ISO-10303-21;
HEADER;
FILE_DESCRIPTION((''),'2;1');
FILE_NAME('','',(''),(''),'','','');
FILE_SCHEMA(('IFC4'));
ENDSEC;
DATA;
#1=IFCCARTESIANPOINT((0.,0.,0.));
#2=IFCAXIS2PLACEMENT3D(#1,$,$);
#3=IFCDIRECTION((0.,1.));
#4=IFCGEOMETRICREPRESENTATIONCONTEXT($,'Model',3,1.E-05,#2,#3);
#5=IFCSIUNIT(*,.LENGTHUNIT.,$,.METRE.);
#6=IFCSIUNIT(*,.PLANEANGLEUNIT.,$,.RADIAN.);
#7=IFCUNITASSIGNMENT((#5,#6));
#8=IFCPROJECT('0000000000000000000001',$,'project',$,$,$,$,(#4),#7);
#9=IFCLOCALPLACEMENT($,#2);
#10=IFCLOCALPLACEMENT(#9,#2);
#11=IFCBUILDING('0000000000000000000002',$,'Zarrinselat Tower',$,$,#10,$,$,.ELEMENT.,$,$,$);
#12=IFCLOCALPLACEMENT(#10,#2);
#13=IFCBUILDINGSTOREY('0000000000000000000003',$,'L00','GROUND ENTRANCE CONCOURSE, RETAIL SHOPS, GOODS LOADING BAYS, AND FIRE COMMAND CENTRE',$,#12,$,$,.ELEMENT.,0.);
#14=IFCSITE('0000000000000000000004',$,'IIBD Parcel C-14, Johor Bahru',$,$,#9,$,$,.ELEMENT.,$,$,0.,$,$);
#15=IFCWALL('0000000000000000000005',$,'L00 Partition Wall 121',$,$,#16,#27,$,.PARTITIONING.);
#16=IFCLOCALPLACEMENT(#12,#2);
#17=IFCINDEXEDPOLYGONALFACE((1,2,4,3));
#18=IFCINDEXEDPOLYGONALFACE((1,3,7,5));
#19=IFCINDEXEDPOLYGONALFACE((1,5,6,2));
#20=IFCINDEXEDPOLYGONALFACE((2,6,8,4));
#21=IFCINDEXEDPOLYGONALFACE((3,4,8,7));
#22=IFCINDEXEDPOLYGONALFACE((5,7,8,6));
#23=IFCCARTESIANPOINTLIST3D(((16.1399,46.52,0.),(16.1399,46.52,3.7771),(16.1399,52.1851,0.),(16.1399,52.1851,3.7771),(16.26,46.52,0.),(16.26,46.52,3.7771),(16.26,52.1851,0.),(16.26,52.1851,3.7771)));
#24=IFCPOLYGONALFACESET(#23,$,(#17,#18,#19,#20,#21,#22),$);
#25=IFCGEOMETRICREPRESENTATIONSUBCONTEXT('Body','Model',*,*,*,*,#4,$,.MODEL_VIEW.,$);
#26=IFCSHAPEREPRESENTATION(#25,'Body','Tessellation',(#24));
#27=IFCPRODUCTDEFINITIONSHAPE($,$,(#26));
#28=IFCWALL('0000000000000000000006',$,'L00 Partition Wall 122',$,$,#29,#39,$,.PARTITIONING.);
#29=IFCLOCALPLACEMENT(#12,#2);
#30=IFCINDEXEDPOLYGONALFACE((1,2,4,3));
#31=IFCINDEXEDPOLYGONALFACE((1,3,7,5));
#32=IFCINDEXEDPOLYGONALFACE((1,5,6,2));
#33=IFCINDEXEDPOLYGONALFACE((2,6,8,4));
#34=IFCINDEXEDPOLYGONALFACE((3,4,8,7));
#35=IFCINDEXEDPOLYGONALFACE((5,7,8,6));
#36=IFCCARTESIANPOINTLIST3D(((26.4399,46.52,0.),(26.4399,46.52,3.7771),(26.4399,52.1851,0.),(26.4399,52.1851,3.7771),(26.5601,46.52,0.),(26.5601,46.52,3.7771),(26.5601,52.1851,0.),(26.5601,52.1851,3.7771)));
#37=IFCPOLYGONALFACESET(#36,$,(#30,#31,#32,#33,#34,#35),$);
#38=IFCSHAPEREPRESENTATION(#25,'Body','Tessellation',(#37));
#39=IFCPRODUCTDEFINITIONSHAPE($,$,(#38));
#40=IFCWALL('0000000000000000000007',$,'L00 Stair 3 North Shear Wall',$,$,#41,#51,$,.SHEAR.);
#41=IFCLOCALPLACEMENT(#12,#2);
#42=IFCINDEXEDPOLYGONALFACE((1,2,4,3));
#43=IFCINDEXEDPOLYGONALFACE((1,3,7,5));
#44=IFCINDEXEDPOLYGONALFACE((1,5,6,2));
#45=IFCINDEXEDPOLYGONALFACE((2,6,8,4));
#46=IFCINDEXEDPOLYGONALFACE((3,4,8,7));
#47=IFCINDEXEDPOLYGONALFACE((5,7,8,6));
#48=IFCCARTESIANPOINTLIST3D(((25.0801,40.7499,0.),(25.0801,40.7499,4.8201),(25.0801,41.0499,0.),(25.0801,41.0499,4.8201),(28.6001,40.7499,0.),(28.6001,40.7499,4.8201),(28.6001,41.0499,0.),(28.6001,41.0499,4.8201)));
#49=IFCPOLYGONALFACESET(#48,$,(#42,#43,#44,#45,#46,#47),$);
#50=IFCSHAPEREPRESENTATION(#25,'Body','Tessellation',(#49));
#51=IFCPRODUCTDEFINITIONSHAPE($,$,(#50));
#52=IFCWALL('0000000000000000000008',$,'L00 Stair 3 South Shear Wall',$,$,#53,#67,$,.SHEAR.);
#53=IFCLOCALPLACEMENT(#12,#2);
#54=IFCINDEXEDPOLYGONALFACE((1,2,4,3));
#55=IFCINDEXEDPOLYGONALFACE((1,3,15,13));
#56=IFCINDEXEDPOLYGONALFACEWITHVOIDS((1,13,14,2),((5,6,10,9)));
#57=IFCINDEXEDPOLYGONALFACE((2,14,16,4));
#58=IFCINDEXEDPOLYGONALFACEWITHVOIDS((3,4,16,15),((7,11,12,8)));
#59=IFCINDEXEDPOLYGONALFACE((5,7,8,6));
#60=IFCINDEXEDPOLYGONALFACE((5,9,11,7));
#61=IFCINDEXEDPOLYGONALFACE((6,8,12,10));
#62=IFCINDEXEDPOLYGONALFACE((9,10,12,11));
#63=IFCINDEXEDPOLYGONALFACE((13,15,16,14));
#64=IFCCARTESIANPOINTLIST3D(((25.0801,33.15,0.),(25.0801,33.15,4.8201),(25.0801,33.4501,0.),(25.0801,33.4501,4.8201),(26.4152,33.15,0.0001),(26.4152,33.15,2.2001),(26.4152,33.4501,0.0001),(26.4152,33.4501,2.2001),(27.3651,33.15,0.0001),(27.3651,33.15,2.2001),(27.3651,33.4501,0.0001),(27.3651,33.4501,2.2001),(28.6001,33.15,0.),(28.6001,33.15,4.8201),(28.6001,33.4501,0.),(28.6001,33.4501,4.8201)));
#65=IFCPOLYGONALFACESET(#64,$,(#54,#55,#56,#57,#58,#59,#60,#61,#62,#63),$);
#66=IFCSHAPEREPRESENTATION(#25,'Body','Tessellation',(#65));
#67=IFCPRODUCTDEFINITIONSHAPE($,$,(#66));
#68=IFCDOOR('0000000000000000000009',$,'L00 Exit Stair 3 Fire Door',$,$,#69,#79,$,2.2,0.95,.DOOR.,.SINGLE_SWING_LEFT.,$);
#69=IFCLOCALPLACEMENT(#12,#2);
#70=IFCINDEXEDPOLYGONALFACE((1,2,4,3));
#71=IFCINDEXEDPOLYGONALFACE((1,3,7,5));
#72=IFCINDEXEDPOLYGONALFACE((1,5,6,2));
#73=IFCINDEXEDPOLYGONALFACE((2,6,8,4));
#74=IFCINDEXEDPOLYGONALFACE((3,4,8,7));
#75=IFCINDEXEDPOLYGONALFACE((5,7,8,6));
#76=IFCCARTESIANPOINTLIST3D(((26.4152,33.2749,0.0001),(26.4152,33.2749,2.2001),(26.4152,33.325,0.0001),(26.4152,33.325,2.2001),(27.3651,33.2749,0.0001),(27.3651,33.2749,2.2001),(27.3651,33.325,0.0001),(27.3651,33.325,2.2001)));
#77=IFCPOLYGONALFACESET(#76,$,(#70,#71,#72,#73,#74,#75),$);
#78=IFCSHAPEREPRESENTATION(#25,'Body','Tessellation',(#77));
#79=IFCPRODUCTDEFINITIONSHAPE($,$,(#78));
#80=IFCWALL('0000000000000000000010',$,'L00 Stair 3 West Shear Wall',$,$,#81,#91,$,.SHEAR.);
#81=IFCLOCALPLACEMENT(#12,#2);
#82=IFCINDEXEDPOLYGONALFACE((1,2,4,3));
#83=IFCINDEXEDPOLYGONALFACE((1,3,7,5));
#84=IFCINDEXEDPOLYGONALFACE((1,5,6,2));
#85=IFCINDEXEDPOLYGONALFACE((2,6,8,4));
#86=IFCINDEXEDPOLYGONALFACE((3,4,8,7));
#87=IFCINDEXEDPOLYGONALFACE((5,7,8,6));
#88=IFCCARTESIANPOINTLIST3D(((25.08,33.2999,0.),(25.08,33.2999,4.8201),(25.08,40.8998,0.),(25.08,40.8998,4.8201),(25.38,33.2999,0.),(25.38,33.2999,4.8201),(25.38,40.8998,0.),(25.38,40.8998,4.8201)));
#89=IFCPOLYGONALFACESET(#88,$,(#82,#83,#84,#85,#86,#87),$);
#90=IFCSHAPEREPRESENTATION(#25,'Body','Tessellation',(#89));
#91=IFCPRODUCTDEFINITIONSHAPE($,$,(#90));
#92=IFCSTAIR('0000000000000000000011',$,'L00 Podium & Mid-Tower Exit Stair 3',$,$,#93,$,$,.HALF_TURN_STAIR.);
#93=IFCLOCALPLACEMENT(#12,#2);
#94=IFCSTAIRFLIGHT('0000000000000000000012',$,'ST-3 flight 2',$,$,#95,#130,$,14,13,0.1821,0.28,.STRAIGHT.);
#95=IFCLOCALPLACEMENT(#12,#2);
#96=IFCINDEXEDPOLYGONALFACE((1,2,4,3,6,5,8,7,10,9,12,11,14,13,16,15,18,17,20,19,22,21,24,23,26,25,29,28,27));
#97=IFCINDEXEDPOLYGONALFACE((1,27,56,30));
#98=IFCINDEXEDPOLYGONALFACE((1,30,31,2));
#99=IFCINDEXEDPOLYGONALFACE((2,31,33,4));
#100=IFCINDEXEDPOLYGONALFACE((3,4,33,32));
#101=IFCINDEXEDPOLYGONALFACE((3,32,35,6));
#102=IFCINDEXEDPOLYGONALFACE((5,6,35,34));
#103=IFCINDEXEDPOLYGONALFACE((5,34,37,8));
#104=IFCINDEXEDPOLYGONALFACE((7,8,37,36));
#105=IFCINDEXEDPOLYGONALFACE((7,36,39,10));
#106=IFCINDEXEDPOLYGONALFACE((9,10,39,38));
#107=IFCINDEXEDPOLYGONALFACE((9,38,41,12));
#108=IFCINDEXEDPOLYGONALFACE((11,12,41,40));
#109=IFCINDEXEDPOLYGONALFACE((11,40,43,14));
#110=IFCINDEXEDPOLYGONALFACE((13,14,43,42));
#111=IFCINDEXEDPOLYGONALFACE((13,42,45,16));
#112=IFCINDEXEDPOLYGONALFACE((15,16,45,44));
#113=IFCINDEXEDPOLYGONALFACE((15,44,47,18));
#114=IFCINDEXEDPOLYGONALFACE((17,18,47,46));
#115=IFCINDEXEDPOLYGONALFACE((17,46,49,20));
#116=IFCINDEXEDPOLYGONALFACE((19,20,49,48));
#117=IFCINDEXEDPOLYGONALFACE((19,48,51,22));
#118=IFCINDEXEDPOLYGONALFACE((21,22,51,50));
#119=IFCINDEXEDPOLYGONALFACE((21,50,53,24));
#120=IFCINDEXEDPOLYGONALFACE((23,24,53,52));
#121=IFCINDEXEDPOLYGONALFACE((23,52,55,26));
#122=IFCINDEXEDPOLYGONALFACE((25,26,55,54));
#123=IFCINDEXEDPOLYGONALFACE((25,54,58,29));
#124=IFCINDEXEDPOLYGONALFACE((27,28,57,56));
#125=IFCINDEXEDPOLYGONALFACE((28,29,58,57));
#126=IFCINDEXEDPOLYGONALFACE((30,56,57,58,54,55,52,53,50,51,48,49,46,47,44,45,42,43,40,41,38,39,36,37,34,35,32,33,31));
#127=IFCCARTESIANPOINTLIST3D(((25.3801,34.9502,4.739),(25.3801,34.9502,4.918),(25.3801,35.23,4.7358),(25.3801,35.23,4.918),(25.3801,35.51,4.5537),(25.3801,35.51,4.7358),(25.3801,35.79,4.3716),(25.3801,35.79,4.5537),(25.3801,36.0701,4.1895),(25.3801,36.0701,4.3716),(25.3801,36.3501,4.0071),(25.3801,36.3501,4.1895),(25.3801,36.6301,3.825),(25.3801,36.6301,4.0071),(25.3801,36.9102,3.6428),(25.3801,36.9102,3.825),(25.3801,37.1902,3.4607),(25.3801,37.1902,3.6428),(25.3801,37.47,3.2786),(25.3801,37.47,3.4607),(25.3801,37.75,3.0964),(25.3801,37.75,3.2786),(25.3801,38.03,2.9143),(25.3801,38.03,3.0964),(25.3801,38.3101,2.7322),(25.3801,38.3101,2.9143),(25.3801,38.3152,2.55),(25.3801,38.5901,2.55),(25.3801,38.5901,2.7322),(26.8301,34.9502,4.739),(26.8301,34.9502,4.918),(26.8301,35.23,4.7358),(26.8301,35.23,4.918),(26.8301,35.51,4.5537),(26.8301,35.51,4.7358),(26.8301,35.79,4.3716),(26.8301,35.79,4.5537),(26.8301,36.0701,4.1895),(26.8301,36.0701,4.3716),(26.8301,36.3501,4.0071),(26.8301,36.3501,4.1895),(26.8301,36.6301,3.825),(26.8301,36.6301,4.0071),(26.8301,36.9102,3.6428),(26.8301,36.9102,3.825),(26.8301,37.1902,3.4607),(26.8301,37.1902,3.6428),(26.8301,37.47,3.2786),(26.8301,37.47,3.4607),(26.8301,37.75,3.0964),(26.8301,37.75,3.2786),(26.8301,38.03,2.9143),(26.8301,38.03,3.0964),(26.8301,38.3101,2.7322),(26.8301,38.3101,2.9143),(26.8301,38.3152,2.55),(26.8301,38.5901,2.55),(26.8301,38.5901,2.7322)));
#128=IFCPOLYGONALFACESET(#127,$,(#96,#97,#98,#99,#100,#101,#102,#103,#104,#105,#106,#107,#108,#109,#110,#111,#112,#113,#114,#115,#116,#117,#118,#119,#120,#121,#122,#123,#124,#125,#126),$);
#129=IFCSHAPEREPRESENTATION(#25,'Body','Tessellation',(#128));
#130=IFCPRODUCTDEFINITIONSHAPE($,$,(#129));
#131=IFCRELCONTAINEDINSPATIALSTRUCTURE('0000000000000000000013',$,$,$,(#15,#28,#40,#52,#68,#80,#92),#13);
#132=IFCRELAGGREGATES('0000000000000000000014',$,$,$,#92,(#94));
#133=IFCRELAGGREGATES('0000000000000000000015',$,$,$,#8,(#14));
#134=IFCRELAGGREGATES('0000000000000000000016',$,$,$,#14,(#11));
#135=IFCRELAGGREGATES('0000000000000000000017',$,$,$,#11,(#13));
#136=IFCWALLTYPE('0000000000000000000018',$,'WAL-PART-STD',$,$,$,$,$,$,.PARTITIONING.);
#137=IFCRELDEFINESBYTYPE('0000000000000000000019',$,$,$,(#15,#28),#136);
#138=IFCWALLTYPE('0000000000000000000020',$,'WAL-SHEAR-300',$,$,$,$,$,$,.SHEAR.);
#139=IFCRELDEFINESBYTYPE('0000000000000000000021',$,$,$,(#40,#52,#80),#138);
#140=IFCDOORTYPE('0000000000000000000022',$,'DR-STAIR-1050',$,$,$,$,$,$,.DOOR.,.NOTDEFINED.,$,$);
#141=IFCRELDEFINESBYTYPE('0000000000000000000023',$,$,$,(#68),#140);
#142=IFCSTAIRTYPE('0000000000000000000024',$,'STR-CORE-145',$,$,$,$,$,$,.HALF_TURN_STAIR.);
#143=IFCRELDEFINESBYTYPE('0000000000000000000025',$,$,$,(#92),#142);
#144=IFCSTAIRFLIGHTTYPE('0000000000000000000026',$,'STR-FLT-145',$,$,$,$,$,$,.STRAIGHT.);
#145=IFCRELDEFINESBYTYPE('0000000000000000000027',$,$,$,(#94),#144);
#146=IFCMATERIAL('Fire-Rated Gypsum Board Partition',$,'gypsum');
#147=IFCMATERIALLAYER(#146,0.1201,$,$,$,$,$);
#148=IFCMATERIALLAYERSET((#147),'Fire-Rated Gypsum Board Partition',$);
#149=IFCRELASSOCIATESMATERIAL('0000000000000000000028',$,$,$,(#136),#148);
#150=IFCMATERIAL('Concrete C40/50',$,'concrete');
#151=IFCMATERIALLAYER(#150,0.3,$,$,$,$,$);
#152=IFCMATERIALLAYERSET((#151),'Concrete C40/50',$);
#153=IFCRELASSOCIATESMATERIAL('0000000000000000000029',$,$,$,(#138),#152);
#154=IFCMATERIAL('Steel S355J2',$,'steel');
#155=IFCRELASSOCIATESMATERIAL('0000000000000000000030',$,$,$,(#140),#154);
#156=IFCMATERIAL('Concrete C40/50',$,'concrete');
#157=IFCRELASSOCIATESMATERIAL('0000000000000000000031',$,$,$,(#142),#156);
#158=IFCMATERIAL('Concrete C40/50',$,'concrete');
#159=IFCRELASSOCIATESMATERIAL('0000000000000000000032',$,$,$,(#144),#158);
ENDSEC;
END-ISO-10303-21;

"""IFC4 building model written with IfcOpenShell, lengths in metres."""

from ifc_helpers import new_model, si_unit, direction, frame, frame_2d, origin, place, context, subcontext, project, spatial, polyline, rectangle, outline, extrude, material, layer, layer_set, type_object, element, fill, aggregate, save


model = new_model("IFC4")

# Units and contexts
model_context = context("Model", 3, precision=1e-05, world=origin(), true_north=direction((0.0, 1.0)))
body_context = subcontext(model_context, "Body", "Model", "MODEL_VIEW")
ifc_project = project(units=[si_unit("LENGTHUNIT", "METRE"), si_unit("PLANEANGLEUNIT", "RADIAN")], contexts=[model_context])

# Site, building, storey
site_placement = place(None, origin())
site = spatial("IfcSite", under=ifc_project, at=site_placement, Name="IIBD Parcel C-14, Johor Bahru", CompositionType="ELEMENT", RefElevation=0.0)
building_placement = place(site_placement, origin())
building = spatial("IfcBuilding", under=site, at=building_placement, Name="Zarrinselat Tower", CompositionType="ELEMENT")
storey_placement = place(building_placement, origin())
storey = spatial("IfcBuildingStorey", under=building, at=storey_placement, Name="L00", Description="GROUND ENTRANCE CONCOURSE, RETAIL SHOPS, GOODS LOADING BAYS, AND FIRE COMMAND CENTRE", CompositionType="ELEMENT", Elevation=0.0)

# Walls
ifc_material_1 = material(Name="Fire-Rated Gypsum Board Partition", Category="gypsum")
ifc_layer_1 = layer(ifc_material_1, 0.1201)
ifc_layer_set_1 = layer_set([ifc_layer_1], Name="Fire-Rated Gypsum Board Partition")
wall_type_1 = type_object("IfcWallType", Name="WAL-PART-STD", PredefinedType="PARTITIONING", material=ifc_layer_set_1)
for number, where, z_axis, x_axis, name in (
    (1, (16.2, 46.52, 0.0), (0.0, 0.0, 1.0), (0.0, 1.0, 0.0), "L00 Partition Wall 121"),
    (2, (26.5, 46.52, 0.0), (0.0, 0.0, 1.0), (0.0, 1.0, 0.0), "L00 Partition Wall 122"),
):
    element("IfcWall", number, at=place(storey_placement, frame(where, z_axis=z_axis, x_axis=x_axis)), inside=storey, type_object=wall_type_1, Name=name, PredefinedType="PARTITIONING", context=body_context, shape_type="SweptSolid", body=[
        extrude(rectangle(XDim=5.665, YDim=0.1201, at=frame_2d((2.8325, 0.0))), origin(), (0.0, 0.0, 1.0), 3.7771),
    ])
ifc_material_2 = material(Name="Concrete C40/50", Category="concrete")
ifc_layer_2 = layer(ifc_material_2, 0.3)
ifc_layer_set_2 = layer_set([ifc_layer_2], Name="Concrete C40/50")
wall_type_2 = type_object("IfcWallType", Name="WAL-SHEAR-300", PredefinedType="SHEAR", material=ifc_layer_set_2)
wall_1_placement = place(storey_placement, frame((25.0801, 40.8999, 0.0), z_axis=(0.0, 0.0, 1.0), x_axis=(1.0, 0.0, 0.0)))
element("IfcWall", 3, at=wall_1_placement, inside=storey, type_object=wall_type_2, Name="L00 Stair 3 North Shear Wall", PredefinedType="SHEAR", context=body_context, shape_type="SweptSolid", body=[
    extrude(rectangle(XDim=3.52, YDim=0.3, at=frame_2d((1.76, 0.0))), origin(), (0.0, 0.0, 1.0), 4.8201),
])

# Wall, opening, door
wall_2_placement = place(storey_placement, frame((25.0801, 33.3, 0.0), z_axis=(0.0, 0.0, 1.0), x_axis=(1.0, 0.0, 0.0)))
wall_2 = element("IfcWall", 4, at=wall_2_placement, inside=storey, type_object=wall_type_2, Name="L00 Stair 3 South Shear Wall", PredefinedType="SHEAR", context=body_context, shape_type="SweptSolid", body=[
    extrude(rectangle(XDim=3.52, YDim=0.3, at=frame_2d((1.76, 0.0))), origin(), (0.0, 0.0, 1.0), 4.8201),
])
opening_1_placement = place(wall_2_placement, frame((1.335, 0.0, 0.0)))
opening_1 = element("IfcOpeningElement", 5, at=opening_1_placement, cuts=wall_2, PredefinedType="OPENING", context=body_context, shape_type="SweptSolid", body=[
    extrude(rectangle(XDim=0.95, YDim=2.2, at=frame_2d((0.4751, 1.1001))), frame((0.0, 0.1599, 0.0), z_axis=(0.0, -1.0, 0.0), x_axis=(1.0, 0.0, 0.0)), (0.0, 0.0, 1.0), 0.3201),
])
ifc_material_3 = material(Name="Steel S355J2", Category="steel")
door_type_1 = type_object("IfcDoorType", Name="DR-STAIR-1050", OperationType="NOTDEFINED", PredefinedType="DOOR", material=ifc_material_3)
door_1_placement = place(opening_1_placement, origin())
door_1 = element("IfcDoor", 6, at=door_1_placement, inside=storey, type_object=door_type_1, Name="L00 Exit Stair 3 Fire Door", OperationType="SINGLE_SWING_LEFT", OverallHeight=2.2, OverallWidth=0.95, PredefinedType="DOOR", context=body_context, shape_type="SweptSolid", body=[
    extrude(rectangle(XDim=0.95, YDim=2.2, at=frame_2d((0.4751, 1.1001))), frame((0.0, 0.0249, 0.0), z_axis=(0.0, -1.0, 0.0), x_axis=(1.0, 0.0, 0.0)), (0.0, 0.0, 1.0), 0.05),
])
fill(opening_1, door_1)

# Wall
wall_3_placement = place(storey_placement, frame((25.23, 33.3, 0.0), z_axis=(0.0, 0.0, 1.0), x_axis=(0.0, 1.0, 0.0)))
element("IfcWall", 7, at=wall_3_placement, inside=storey, type_object=wall_type_2, Name="L00 Stair 3 West Shear Wall", PredefinedType="SHEAR", context=body_context, shape_type="SweptSolid", body=[
    extrude(rectangle(XDim=7.5999, YDim=0.3, at=frame_2d((3.7998, 0.0))), origin(), (0.0, 0.0, 1.0), 4.8201),
])

# Stair, stair flight
ifc_material_4 = material(Name="Concrete C40/50", Category="concrete")
stair_type = type_object("IfcStairType", Name="STR-CORE-145", PredefinedType="HALF_TURN_STAIR", material=ifc_material_4)
stair_placement = place(storey_placement, origin())
stair = element("IfcStair", 8, at=stair_placement, inside=storey, type_object=stair_type, Name="L00 Podium & Mid-Tower Exit Stair 3", PredefinedType="HALF_TURN_STAIR")
ifc_material_5 = material(Name="Concrete C40/50", Category="concrete")
stair_flight_type = type_object("IfcStairFlightType", Name="STR-FLT-145", PredefinedType="STRAIGHT", material=ifc_material_5)
stair_flight_placement = place(storey_placement, frame((26.105, 38.5901, 2.55), z_axis=(0.0, 0.0, 1.0), x_axis=(0.0, -1.0, 0.0)))
stair_flight = element("IfcStairFlight", 9, at=stair_flight_placement, type_object=stair_flight_type, Name="ST-3 flight 2", NumberOfRisers=14, NumberOfTreads=13, PredefinedType="STRAIGHT", RiserHeight=0.1821, TreadLength=0.28, context=body_context, shape_type="SweptSolid", body=[
    extrude(outline(polyline([(0.0, 0.0), (0.0, 0.1821), (0.28, 0.1821), (0.28, 0.3643), (0.5601, 0.3643), (0.5601, 0.5464), (0.8401, 0.5464), (0.8401, 0.7285), (1.1201, 0.7285), (1.1201, 0.9106), (1.3999, 0.9106), (1.3999, 1.0928), (1.6799, 1.0928), (1.6799, 1.2749), (1.96, 1.2749), (1.96, 1.457), (2.24, 1.457), (2.24, 1.6394), (2.52, 1.6394), (2.52, 1.8215), (2.8, 1.8215), (2.8, 2.0037), (3.0801, 2.0037), (3.0801, 2.1858), (3.3601, 2.1858), (3.3601, 2.3679), (3.6399, 2.3679), (3.6399, 2.55), (3.6399, 2.189), (0.2749, 0.0), (0.0, 0.0)])), frame((0.0, 0.7251, 0.0), z_axis=(0.0, -1.0, 0.0), x_axis=(1.0, 0.0, 0.0)), (0.0, 0.0, 1.0), 1.45),
])
aggregate(stair, [stair_flight])

save(model, "model.ifc")
